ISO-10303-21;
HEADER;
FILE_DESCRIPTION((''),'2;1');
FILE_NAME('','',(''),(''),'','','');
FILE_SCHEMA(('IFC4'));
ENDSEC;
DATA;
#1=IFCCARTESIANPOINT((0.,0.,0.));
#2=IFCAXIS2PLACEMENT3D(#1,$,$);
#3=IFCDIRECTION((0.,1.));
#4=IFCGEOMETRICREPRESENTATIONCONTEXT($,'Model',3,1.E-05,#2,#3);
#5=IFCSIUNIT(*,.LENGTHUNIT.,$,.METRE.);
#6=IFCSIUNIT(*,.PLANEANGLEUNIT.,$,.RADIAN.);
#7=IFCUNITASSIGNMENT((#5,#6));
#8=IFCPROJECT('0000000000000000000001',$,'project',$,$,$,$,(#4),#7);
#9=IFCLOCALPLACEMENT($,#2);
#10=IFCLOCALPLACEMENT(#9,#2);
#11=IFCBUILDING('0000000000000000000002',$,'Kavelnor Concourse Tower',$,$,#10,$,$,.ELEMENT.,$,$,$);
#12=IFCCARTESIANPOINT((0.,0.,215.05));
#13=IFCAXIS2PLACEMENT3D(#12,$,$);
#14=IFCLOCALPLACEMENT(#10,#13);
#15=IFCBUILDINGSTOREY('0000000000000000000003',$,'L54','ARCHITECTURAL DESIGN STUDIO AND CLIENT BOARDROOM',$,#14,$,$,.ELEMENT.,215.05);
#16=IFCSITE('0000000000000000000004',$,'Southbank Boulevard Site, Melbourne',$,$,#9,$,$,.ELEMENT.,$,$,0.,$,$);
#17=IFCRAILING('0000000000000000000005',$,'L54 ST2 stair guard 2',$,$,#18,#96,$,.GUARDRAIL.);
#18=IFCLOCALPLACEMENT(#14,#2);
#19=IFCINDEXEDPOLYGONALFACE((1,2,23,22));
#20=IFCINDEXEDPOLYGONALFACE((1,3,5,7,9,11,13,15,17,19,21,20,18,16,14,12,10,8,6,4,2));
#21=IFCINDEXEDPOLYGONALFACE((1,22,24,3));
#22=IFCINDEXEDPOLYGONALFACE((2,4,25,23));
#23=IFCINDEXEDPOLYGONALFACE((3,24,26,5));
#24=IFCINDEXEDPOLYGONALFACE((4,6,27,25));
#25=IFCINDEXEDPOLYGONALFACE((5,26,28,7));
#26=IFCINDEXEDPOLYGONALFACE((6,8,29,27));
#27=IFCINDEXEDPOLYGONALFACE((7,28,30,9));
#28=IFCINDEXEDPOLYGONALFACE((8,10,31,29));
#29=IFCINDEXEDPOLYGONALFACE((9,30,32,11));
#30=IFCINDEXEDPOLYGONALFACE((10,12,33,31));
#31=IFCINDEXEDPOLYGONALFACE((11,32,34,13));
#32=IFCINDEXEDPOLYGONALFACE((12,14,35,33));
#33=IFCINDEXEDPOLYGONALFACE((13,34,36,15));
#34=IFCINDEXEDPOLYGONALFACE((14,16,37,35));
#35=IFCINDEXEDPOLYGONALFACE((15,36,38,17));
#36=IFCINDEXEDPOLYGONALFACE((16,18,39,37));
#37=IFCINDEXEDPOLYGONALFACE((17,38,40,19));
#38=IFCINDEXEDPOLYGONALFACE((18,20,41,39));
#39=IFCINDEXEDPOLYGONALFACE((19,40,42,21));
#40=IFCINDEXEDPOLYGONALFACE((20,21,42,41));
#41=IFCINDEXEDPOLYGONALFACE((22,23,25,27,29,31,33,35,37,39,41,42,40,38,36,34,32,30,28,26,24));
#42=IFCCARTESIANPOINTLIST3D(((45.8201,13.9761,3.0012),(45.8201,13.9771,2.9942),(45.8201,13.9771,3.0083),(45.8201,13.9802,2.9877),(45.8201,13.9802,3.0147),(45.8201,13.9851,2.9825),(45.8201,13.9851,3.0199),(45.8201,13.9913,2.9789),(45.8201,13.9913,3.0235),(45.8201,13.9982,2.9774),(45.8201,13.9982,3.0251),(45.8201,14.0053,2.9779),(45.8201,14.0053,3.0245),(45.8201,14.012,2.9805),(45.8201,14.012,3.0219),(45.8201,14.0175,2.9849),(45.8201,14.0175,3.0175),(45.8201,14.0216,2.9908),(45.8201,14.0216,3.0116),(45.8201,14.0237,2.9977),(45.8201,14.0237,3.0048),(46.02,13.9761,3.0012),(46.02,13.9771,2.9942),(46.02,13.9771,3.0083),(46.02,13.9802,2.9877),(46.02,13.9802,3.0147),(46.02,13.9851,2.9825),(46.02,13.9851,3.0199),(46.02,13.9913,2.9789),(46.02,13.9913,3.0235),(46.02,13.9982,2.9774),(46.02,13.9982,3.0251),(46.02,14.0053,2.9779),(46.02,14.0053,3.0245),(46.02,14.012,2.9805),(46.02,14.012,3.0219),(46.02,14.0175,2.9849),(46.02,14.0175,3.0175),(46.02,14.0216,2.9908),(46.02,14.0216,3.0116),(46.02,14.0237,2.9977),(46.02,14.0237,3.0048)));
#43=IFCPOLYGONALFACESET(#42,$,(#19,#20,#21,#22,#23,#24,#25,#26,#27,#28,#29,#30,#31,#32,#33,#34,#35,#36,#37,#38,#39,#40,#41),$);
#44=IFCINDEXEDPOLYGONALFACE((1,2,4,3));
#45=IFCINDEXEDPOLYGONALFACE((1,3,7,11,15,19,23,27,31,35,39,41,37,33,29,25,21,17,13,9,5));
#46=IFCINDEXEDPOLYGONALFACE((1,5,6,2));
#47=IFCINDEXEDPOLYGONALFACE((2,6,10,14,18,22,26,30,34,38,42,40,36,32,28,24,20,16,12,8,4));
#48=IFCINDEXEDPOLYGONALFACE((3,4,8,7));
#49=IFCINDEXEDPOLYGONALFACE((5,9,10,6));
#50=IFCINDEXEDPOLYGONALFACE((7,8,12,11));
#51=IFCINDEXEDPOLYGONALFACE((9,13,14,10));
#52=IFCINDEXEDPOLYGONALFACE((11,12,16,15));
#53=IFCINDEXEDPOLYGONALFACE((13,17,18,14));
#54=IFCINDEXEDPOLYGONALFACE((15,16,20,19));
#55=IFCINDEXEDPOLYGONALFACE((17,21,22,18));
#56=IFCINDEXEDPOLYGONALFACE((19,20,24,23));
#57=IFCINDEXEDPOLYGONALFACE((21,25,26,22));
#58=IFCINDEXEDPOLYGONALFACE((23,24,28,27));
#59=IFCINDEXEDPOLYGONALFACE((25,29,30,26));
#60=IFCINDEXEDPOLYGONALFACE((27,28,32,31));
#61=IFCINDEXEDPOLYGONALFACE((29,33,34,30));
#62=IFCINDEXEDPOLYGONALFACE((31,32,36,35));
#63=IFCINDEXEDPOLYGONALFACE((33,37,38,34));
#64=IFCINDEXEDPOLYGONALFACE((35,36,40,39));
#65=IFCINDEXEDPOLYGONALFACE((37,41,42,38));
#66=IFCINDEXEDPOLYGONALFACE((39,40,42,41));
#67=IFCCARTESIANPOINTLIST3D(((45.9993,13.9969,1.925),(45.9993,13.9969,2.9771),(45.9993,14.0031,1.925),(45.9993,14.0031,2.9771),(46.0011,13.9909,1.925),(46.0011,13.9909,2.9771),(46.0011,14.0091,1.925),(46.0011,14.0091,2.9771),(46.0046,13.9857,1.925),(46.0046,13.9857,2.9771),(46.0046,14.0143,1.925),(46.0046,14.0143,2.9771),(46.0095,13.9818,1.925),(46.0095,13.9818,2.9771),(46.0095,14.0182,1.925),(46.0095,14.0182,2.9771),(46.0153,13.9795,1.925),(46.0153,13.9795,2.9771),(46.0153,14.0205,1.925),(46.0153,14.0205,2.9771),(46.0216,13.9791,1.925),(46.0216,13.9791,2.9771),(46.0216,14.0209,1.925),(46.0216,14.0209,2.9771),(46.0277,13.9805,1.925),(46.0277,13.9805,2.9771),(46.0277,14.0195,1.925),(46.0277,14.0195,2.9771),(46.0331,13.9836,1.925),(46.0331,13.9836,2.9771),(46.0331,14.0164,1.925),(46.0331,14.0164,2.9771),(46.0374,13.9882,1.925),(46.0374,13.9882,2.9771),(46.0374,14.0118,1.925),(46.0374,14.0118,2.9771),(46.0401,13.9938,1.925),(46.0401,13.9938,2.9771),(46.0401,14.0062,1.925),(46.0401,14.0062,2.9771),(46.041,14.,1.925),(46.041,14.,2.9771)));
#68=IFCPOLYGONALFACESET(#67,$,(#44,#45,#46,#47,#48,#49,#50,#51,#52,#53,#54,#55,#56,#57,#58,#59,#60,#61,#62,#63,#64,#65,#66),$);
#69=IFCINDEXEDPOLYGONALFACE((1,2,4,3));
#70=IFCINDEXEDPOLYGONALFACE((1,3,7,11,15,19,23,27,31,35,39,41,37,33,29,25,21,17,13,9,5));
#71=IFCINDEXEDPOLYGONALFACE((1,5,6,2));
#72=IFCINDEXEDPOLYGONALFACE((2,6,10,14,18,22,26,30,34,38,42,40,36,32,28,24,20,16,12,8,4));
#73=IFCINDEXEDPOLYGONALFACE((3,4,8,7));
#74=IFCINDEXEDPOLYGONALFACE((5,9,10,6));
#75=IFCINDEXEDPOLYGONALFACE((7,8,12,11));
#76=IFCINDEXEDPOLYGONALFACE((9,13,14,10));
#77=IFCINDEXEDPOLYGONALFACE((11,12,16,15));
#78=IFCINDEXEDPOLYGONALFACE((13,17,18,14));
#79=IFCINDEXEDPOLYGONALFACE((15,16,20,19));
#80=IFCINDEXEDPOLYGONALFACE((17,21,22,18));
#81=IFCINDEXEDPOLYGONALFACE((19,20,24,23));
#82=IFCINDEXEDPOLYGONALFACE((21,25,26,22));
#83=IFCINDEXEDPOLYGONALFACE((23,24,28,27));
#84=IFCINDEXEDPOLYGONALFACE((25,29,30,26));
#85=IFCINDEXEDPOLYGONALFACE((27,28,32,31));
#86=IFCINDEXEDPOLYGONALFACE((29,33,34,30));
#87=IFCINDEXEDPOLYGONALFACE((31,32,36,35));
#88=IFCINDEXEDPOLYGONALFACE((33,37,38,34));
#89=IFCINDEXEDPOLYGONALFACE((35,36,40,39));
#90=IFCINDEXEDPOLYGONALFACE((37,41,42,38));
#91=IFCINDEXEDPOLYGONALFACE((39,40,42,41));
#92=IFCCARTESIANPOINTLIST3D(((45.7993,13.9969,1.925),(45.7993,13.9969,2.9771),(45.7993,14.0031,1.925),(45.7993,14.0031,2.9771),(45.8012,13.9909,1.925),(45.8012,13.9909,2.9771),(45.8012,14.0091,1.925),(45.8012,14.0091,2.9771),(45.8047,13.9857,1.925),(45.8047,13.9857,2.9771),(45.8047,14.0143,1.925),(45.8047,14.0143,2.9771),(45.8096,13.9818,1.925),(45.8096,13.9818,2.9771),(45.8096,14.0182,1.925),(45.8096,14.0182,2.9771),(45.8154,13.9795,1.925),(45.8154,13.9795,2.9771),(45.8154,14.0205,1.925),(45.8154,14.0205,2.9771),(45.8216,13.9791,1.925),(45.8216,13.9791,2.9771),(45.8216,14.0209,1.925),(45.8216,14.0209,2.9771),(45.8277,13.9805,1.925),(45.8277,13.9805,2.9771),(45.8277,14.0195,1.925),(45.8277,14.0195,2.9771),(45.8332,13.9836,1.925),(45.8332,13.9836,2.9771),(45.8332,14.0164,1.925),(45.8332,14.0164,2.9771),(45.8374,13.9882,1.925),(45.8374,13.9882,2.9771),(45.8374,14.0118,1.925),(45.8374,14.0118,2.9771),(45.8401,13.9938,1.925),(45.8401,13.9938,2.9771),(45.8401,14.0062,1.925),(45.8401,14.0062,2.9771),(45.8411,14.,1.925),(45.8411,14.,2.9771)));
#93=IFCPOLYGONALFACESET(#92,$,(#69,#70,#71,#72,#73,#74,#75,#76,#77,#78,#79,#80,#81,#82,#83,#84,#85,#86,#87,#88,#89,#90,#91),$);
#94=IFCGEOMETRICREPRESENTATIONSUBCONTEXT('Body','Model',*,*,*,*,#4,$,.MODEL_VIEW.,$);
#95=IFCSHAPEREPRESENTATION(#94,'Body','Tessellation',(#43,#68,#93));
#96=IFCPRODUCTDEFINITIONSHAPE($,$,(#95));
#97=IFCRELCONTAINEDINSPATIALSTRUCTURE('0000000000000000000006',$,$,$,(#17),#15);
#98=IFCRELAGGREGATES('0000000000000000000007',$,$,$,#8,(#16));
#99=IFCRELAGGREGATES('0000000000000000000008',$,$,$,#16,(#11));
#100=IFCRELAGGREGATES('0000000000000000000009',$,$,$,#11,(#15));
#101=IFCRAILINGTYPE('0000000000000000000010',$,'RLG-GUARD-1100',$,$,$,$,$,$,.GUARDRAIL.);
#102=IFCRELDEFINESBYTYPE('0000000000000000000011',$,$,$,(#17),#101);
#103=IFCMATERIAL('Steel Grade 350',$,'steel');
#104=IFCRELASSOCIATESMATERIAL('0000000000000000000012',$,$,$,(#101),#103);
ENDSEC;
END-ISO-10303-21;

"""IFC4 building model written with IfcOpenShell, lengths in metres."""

from ifc_helpers import new_model, si_unit, direction, frame, origin, origin_2d, place, context, subcontext, project, spatial, circle, extrude, material, type_object, element, save


model = new_model("IFC4")

# Units and contexts
model_context = context("Model", 3, precision=1e-05, world=origin(), true_north=direction((0.0, 1.0)))
body_context = subcontext(model_context, "Body", "Model", "MODEL_VIEW")
ifc_project = project(units=[si_unit("LENGTHUNIT", "METRE"), si_unit("PLANEANGLEUNIT", "RADIAN")], contexts=[model_context])

# Site, building, storey
site_placement = place(None, origin())
site = spatial("IfcSite", under=ifc_project, at=site_placement, Name="Southbank Boulevard Site, Melbourne", CompositionType="ELEMENT", RefElevation=0.0)
building_placement = place(site_placement, origin())
building = spatial("IfcBuilding", under=site, at=building_placement, Name="Kavelnor Concourse Tower", CompositionType="ELEMENT")
storey_placement = place(building_placement, frame((0.0, 0.0, 215.05)))
storey = spatial("IfcBuildingStorey", under=building, at=storey_placement, Name="L54", Description="ARCHITECTURAL DESIGN STUDIO AND CLIENT BOARDROOM", CompositionType="ELEMENT", Elevation=215.05)

# Shared definitions
ifc_material_1 = material(Name="Steel Grade 350", Category="steel")

# Railing
railing_type_1 = type_object("IfcRailingType", Name="RLG-GUARD-1100", PredefinedType="GUARDRAIL", material=ifc_material_1)
railing_1_placement = place(storey_placement, frame((46.02, 14.0, 1.925)))
element("IfcRailing", 1, at=railing_1_placement, inside=storey, type_object=railing_type_1, Name="L54 ST2 stair guard 2", PredefinedType="GUARDRAIL", context=body_context, shape_type="SweptSolid", body=[
    extrude(circle(Radius=0.0239, at=origin_2d()), frame((0.0, 0.0, 1.0762), z_axis=(-1.0, 0.0, 0.0), x_axis=(0.0, -1.0, 0.0)), (0.0, 0.0, 1.0), 0.2),
    extrude(circle(Radius=0.021, at=origin_2d()), origin(), (0.0, 0.0, 1.0), 1.052),
    extrude(circle(Radius=0.021, at=origin_2d()), frame((-0.2, 0.0, 0.0)), (0.0, 0.0, 1.0), 1.052),
])

save(model, "model.ifc")
